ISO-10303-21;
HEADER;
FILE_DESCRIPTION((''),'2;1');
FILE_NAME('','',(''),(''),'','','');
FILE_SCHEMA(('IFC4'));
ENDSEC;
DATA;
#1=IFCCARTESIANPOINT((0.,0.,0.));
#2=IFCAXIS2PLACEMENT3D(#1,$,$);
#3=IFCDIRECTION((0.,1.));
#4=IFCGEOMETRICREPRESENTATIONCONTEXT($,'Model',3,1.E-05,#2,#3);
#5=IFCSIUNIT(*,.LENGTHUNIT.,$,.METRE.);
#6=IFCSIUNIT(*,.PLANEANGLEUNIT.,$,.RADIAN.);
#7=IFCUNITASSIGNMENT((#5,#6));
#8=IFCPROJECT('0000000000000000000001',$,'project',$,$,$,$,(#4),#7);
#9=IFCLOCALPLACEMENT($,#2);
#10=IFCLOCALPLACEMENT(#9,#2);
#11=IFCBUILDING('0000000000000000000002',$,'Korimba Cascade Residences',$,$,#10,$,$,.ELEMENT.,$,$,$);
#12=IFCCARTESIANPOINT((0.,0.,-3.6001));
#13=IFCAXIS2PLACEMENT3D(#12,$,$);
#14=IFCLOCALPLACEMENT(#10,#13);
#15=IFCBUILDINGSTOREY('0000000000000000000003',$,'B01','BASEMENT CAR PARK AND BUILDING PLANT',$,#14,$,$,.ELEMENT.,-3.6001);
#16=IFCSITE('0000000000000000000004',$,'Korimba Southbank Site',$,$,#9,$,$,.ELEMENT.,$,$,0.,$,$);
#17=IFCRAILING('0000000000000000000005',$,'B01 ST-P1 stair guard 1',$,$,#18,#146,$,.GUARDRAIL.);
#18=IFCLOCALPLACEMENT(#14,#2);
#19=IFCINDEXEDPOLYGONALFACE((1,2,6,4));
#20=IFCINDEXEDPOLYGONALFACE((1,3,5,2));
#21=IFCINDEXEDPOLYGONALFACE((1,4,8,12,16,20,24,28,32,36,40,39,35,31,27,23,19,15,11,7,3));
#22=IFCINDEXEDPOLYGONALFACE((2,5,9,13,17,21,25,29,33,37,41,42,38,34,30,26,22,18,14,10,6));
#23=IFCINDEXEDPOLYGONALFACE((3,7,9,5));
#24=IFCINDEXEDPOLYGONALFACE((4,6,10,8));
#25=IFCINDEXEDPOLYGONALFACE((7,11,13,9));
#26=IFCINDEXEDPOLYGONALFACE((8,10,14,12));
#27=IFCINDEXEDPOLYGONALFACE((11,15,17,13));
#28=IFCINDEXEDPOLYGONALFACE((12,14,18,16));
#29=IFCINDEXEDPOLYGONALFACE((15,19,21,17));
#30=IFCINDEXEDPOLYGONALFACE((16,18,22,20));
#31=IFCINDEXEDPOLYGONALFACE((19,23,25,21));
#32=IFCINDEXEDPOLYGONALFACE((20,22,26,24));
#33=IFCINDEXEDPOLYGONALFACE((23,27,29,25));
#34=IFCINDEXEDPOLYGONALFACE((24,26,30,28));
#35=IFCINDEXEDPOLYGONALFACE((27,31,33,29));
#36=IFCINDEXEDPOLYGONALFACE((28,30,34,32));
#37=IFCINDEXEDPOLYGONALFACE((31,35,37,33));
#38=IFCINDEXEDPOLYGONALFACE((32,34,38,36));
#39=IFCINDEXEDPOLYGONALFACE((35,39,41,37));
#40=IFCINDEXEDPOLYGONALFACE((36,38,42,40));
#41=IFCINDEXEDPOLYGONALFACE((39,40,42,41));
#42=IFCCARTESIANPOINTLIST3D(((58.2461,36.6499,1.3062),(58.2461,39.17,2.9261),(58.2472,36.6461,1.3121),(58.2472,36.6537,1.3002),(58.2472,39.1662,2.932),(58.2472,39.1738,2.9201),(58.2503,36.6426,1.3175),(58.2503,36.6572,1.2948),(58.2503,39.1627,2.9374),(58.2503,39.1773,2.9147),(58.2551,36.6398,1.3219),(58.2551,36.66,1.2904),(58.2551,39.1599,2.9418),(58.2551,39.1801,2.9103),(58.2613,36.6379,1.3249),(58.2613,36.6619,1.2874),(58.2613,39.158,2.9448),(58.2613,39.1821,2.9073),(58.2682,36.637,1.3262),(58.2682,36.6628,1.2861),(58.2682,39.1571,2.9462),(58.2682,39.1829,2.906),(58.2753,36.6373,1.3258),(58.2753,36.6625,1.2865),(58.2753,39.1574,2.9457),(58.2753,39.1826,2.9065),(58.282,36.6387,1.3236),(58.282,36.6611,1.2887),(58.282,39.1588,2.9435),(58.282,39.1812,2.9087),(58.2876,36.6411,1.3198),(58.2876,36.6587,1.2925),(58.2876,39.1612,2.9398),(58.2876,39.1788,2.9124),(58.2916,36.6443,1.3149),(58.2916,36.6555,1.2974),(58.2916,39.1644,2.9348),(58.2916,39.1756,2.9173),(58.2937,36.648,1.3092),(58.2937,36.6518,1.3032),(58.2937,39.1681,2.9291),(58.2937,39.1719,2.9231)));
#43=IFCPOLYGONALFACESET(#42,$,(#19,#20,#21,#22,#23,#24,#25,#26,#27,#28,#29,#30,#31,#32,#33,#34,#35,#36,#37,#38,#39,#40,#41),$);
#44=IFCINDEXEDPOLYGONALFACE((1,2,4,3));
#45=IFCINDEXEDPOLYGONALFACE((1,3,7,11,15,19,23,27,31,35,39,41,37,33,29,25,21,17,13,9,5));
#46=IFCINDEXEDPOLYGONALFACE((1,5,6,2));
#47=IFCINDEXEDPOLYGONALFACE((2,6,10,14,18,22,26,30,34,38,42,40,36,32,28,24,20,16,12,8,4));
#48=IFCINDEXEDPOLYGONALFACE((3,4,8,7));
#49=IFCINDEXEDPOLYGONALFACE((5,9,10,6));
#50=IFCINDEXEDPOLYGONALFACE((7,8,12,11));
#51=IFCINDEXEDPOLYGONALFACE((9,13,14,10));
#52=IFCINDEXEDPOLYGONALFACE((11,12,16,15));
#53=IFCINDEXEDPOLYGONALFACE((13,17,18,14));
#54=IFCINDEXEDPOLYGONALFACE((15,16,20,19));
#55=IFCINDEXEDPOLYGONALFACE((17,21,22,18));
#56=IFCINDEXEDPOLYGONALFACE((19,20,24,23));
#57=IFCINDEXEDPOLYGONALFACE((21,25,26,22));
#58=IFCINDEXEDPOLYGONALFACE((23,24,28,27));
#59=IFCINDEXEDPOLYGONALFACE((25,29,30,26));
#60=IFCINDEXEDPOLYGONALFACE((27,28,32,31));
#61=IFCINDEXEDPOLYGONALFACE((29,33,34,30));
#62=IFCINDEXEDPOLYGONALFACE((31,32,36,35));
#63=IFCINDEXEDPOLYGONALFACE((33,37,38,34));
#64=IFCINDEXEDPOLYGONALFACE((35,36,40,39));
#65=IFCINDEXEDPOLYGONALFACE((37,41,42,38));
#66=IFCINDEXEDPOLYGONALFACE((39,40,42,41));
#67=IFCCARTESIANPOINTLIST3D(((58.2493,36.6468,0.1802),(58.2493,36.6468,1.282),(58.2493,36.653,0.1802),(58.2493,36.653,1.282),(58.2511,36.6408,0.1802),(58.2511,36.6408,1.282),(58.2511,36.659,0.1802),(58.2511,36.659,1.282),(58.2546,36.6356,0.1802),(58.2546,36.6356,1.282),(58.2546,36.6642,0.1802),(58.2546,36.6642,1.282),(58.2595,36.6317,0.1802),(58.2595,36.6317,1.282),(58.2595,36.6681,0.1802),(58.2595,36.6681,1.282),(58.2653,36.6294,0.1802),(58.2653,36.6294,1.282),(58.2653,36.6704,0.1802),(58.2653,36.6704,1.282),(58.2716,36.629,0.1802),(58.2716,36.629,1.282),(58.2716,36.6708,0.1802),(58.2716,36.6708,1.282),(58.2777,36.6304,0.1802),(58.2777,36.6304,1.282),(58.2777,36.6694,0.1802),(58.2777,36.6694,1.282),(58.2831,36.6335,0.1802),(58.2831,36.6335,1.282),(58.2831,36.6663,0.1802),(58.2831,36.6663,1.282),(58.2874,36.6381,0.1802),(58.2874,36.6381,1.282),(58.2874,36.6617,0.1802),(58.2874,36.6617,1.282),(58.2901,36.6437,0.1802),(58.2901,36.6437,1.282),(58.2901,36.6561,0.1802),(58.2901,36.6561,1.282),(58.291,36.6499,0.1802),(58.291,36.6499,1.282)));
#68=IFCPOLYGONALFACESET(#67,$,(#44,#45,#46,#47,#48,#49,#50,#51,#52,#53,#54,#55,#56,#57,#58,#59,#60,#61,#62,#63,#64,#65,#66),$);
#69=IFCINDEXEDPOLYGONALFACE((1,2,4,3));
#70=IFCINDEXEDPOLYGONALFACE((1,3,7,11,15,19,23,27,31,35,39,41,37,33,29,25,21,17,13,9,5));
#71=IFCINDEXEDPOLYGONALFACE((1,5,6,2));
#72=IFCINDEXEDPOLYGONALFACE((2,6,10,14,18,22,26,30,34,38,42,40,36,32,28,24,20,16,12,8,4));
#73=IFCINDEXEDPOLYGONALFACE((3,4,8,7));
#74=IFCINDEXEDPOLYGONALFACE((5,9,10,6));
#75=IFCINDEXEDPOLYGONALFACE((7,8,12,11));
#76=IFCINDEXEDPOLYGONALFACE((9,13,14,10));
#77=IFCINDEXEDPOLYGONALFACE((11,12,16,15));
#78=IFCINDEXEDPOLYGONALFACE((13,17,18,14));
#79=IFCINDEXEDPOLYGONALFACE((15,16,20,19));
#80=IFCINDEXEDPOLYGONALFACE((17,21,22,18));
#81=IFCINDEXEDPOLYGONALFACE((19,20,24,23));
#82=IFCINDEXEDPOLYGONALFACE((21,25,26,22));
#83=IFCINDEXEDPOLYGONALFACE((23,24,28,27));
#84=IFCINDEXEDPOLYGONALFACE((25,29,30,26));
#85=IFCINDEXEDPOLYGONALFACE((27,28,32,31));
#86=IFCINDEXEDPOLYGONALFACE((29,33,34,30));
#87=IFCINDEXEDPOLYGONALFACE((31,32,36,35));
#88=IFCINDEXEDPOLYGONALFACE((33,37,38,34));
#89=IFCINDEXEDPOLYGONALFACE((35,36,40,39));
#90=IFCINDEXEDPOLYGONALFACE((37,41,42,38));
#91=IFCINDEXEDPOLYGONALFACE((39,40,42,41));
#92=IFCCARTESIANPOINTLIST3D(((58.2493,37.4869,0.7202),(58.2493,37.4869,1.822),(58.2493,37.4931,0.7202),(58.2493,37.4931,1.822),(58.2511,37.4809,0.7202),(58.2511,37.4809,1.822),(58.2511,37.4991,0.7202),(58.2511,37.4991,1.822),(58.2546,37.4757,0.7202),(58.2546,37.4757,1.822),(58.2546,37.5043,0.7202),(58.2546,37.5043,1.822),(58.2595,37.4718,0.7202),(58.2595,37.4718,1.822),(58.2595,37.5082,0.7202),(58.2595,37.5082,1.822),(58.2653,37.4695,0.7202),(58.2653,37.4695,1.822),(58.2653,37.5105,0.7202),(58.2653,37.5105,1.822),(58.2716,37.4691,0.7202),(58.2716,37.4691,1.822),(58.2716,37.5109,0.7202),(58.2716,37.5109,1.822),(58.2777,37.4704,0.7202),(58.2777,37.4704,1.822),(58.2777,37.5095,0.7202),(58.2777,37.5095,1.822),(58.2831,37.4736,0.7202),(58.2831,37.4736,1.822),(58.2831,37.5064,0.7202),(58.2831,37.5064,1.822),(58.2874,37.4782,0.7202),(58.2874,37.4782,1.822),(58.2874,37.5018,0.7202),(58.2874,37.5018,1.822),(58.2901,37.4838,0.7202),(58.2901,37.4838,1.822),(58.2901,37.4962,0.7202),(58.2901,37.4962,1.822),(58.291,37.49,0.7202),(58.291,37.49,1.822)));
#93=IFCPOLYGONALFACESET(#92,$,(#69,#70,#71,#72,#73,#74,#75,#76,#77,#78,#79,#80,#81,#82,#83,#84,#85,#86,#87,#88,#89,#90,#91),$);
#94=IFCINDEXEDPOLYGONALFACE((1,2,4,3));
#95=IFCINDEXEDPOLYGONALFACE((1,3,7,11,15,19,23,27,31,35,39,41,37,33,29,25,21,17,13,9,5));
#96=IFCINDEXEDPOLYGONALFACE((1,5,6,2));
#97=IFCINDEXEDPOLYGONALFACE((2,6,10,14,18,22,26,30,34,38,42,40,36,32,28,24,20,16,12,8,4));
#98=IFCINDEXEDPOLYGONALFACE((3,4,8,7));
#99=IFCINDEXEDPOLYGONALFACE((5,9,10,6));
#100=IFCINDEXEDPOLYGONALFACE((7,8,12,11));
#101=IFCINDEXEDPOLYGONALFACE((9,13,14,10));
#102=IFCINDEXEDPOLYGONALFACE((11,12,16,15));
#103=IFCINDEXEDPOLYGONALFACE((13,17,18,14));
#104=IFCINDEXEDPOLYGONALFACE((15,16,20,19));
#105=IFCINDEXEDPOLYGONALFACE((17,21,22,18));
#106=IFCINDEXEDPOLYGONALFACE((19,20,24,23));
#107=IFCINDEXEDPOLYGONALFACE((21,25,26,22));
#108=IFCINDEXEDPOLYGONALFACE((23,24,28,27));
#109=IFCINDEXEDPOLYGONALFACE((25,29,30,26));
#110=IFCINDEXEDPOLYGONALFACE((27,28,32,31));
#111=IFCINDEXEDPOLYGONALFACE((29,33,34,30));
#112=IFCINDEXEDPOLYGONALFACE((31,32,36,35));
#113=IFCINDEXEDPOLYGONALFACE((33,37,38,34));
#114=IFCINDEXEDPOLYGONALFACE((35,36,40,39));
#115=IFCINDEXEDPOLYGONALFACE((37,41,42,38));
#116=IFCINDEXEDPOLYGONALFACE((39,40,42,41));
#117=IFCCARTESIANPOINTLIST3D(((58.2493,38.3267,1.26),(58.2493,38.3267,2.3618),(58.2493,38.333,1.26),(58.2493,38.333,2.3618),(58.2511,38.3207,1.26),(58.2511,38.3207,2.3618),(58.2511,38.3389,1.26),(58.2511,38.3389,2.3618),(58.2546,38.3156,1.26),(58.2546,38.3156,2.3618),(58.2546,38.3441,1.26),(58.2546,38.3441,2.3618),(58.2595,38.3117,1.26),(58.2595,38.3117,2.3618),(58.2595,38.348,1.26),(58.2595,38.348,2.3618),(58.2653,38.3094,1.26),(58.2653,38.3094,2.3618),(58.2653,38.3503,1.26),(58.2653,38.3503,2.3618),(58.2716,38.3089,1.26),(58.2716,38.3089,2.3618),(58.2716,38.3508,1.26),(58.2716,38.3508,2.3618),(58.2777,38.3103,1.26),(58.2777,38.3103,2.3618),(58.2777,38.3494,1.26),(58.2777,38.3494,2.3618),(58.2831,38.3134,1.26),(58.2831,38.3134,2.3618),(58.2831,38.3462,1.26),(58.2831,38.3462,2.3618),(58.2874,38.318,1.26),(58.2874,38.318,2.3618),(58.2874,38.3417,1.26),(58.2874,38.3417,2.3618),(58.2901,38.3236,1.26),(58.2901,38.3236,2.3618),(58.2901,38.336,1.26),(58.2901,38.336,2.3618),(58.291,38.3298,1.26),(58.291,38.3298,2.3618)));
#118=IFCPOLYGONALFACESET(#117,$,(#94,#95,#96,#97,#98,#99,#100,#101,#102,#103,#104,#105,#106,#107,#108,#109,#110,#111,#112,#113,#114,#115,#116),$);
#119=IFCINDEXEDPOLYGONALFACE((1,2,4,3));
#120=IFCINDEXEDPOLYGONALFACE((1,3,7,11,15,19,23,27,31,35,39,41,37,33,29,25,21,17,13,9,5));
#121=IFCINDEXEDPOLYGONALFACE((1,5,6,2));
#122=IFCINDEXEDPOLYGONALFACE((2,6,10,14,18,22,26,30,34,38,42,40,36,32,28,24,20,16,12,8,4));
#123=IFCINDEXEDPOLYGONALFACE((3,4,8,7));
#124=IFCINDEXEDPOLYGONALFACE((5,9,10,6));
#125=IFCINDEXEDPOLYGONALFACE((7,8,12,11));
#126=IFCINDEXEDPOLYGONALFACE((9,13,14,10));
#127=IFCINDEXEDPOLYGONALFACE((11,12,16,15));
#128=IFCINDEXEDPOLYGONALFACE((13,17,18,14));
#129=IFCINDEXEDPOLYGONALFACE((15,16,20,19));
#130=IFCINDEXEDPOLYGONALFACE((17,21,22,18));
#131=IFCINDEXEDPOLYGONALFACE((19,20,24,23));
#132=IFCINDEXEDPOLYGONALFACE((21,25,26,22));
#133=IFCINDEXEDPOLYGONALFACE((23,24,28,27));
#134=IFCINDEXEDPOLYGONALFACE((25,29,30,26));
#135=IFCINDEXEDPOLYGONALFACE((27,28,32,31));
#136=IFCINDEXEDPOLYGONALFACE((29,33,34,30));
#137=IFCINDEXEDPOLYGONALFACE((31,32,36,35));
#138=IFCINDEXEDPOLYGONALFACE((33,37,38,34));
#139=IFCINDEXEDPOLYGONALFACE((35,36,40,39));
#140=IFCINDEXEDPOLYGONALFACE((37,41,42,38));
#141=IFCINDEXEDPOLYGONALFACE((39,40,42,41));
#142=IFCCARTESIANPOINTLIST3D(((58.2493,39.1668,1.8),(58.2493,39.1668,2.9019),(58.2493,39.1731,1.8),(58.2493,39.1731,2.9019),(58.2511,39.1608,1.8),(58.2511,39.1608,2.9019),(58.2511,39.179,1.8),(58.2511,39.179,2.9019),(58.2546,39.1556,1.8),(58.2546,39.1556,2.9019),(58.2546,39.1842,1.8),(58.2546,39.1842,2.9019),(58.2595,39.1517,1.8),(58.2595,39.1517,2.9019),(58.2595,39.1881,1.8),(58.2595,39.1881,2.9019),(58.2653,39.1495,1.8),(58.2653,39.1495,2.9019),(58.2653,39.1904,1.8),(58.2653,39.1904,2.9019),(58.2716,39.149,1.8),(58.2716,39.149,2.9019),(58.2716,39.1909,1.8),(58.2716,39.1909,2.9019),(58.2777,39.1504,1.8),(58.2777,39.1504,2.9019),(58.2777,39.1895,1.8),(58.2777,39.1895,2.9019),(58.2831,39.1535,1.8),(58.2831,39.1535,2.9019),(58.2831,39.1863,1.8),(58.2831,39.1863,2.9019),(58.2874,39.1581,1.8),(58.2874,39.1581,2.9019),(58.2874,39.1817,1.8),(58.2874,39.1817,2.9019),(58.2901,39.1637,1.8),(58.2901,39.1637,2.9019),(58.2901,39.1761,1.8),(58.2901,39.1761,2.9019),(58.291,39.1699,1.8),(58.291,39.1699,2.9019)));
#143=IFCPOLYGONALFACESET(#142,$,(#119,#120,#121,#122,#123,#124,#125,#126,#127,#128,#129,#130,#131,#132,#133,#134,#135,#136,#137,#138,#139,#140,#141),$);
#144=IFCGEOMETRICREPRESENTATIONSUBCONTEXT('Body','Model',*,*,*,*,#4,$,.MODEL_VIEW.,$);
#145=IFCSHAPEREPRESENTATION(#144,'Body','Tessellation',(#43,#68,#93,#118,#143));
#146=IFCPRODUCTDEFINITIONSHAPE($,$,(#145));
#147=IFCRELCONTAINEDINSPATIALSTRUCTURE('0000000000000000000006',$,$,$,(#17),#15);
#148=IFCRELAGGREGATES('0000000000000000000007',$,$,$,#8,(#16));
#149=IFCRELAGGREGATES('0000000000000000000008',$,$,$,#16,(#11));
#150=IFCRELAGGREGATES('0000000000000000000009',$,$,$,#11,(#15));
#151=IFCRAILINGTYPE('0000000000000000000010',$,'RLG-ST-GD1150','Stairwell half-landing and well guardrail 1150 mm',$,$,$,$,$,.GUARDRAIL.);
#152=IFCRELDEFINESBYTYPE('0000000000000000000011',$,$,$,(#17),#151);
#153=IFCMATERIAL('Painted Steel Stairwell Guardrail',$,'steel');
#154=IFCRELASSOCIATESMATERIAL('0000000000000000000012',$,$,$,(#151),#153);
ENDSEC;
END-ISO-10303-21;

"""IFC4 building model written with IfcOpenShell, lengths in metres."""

from ifc_helpers import new_model, si_unit, direction, frame, origin, origin_2d, place, context, subcontext, project, spatial, circle, extrude, material, type_object, element, save


model = new_model("IFC4")

# Units and contexts
model_context = context("Model", 3, precision=1e-05, world=origin(), true_north=direction((0.0, 1.0)))
body_context = subcontext(model_context, "Body", "Model", "MODEL_VIEW")
ifc_project = project(units=[si_unit("LENGTHUNIT", "METRE"), si_unit("PLANEANGLEUNIT", "RADIAN")], contexts=[model_context])

# Site, building, storey
site_placement = place(None, origin())
site = spatial("IfcSite", under=ifc_project, at=site_placement, Name="Korimba Southbank Site", CompositionType="ELEMENT", RefElevation=0.0)
building_placement = place(site_placement, origin())
building = spatial("IfcBuilding", under=site, at=building_placement, Name="Korimba Cascade Residences", CompositionType="ELEMENT")
storey_placement = place(building_placement, frame((0.0, 0.0, -3.6001)))
storey = spatial("IfcBuildingStorey", under=building, at=storey_placement, Name="B01", Description="BASEMENT CAR PARK AND BUILDING PLANT", CompositionType="ELEMENT", Elevation=-3.6001)

# Railing
ifc_material_1 = material(Name="Painted Steel Stairwell Guardrail", Category="steel")
railing_type_1 = type_object("IfcRailingType", Name="RLG-ST-GD1150", Description="Stairwell half-landing and well guardrail 1150 mm", PredefinedType="GUARDRAIL", material=ifc_material_1)
railing_1_placement = place(storey_placement, frame((58.27, 36.6499, 0.1802)))
element("IfcRailing", 1, at=railing_1_placement, inside=storey, type_object=railing_type_1, Name="B01 ST-P1 stair guard 1", PredefinedType="GUARDRAIL", context=body_context, shape_type="SweptSolid", body=[
    extrude(circle(Radius=0.0239, at=origin_2d()), frame((0.0, 0.0, 1.126), z_axis=(0.0, 0.8412, 0.540725), x_axis=(-1.0, 0.0, 0.0)), (0.0, 0.0, 1.0), 2.9958),
    extrude(circle(Radius=0.021, at=origin_2d()), origin(), (0.0, 0.0, 1.0), 1.1018),
    extrude(circle(Radius=0.021, at=origin_2d()), frame((0.0, 0.8401, 0.54)), (0.0, 0.0, 1.0), 1.1018),
    extrude(circle(Radius=0.021, at=origin_2d()), frame((0.0, 1.6799, 1.0798)), (0.0, 0.0, 1.0), 1.1018),
    extrude(circle(Radius=0.021, at=origin_2d()), frame((0.0, 2.52, 1.6199)), (0.0, 0.0, 1.0), 1.1018),
])

save(model, "model.ifc")
